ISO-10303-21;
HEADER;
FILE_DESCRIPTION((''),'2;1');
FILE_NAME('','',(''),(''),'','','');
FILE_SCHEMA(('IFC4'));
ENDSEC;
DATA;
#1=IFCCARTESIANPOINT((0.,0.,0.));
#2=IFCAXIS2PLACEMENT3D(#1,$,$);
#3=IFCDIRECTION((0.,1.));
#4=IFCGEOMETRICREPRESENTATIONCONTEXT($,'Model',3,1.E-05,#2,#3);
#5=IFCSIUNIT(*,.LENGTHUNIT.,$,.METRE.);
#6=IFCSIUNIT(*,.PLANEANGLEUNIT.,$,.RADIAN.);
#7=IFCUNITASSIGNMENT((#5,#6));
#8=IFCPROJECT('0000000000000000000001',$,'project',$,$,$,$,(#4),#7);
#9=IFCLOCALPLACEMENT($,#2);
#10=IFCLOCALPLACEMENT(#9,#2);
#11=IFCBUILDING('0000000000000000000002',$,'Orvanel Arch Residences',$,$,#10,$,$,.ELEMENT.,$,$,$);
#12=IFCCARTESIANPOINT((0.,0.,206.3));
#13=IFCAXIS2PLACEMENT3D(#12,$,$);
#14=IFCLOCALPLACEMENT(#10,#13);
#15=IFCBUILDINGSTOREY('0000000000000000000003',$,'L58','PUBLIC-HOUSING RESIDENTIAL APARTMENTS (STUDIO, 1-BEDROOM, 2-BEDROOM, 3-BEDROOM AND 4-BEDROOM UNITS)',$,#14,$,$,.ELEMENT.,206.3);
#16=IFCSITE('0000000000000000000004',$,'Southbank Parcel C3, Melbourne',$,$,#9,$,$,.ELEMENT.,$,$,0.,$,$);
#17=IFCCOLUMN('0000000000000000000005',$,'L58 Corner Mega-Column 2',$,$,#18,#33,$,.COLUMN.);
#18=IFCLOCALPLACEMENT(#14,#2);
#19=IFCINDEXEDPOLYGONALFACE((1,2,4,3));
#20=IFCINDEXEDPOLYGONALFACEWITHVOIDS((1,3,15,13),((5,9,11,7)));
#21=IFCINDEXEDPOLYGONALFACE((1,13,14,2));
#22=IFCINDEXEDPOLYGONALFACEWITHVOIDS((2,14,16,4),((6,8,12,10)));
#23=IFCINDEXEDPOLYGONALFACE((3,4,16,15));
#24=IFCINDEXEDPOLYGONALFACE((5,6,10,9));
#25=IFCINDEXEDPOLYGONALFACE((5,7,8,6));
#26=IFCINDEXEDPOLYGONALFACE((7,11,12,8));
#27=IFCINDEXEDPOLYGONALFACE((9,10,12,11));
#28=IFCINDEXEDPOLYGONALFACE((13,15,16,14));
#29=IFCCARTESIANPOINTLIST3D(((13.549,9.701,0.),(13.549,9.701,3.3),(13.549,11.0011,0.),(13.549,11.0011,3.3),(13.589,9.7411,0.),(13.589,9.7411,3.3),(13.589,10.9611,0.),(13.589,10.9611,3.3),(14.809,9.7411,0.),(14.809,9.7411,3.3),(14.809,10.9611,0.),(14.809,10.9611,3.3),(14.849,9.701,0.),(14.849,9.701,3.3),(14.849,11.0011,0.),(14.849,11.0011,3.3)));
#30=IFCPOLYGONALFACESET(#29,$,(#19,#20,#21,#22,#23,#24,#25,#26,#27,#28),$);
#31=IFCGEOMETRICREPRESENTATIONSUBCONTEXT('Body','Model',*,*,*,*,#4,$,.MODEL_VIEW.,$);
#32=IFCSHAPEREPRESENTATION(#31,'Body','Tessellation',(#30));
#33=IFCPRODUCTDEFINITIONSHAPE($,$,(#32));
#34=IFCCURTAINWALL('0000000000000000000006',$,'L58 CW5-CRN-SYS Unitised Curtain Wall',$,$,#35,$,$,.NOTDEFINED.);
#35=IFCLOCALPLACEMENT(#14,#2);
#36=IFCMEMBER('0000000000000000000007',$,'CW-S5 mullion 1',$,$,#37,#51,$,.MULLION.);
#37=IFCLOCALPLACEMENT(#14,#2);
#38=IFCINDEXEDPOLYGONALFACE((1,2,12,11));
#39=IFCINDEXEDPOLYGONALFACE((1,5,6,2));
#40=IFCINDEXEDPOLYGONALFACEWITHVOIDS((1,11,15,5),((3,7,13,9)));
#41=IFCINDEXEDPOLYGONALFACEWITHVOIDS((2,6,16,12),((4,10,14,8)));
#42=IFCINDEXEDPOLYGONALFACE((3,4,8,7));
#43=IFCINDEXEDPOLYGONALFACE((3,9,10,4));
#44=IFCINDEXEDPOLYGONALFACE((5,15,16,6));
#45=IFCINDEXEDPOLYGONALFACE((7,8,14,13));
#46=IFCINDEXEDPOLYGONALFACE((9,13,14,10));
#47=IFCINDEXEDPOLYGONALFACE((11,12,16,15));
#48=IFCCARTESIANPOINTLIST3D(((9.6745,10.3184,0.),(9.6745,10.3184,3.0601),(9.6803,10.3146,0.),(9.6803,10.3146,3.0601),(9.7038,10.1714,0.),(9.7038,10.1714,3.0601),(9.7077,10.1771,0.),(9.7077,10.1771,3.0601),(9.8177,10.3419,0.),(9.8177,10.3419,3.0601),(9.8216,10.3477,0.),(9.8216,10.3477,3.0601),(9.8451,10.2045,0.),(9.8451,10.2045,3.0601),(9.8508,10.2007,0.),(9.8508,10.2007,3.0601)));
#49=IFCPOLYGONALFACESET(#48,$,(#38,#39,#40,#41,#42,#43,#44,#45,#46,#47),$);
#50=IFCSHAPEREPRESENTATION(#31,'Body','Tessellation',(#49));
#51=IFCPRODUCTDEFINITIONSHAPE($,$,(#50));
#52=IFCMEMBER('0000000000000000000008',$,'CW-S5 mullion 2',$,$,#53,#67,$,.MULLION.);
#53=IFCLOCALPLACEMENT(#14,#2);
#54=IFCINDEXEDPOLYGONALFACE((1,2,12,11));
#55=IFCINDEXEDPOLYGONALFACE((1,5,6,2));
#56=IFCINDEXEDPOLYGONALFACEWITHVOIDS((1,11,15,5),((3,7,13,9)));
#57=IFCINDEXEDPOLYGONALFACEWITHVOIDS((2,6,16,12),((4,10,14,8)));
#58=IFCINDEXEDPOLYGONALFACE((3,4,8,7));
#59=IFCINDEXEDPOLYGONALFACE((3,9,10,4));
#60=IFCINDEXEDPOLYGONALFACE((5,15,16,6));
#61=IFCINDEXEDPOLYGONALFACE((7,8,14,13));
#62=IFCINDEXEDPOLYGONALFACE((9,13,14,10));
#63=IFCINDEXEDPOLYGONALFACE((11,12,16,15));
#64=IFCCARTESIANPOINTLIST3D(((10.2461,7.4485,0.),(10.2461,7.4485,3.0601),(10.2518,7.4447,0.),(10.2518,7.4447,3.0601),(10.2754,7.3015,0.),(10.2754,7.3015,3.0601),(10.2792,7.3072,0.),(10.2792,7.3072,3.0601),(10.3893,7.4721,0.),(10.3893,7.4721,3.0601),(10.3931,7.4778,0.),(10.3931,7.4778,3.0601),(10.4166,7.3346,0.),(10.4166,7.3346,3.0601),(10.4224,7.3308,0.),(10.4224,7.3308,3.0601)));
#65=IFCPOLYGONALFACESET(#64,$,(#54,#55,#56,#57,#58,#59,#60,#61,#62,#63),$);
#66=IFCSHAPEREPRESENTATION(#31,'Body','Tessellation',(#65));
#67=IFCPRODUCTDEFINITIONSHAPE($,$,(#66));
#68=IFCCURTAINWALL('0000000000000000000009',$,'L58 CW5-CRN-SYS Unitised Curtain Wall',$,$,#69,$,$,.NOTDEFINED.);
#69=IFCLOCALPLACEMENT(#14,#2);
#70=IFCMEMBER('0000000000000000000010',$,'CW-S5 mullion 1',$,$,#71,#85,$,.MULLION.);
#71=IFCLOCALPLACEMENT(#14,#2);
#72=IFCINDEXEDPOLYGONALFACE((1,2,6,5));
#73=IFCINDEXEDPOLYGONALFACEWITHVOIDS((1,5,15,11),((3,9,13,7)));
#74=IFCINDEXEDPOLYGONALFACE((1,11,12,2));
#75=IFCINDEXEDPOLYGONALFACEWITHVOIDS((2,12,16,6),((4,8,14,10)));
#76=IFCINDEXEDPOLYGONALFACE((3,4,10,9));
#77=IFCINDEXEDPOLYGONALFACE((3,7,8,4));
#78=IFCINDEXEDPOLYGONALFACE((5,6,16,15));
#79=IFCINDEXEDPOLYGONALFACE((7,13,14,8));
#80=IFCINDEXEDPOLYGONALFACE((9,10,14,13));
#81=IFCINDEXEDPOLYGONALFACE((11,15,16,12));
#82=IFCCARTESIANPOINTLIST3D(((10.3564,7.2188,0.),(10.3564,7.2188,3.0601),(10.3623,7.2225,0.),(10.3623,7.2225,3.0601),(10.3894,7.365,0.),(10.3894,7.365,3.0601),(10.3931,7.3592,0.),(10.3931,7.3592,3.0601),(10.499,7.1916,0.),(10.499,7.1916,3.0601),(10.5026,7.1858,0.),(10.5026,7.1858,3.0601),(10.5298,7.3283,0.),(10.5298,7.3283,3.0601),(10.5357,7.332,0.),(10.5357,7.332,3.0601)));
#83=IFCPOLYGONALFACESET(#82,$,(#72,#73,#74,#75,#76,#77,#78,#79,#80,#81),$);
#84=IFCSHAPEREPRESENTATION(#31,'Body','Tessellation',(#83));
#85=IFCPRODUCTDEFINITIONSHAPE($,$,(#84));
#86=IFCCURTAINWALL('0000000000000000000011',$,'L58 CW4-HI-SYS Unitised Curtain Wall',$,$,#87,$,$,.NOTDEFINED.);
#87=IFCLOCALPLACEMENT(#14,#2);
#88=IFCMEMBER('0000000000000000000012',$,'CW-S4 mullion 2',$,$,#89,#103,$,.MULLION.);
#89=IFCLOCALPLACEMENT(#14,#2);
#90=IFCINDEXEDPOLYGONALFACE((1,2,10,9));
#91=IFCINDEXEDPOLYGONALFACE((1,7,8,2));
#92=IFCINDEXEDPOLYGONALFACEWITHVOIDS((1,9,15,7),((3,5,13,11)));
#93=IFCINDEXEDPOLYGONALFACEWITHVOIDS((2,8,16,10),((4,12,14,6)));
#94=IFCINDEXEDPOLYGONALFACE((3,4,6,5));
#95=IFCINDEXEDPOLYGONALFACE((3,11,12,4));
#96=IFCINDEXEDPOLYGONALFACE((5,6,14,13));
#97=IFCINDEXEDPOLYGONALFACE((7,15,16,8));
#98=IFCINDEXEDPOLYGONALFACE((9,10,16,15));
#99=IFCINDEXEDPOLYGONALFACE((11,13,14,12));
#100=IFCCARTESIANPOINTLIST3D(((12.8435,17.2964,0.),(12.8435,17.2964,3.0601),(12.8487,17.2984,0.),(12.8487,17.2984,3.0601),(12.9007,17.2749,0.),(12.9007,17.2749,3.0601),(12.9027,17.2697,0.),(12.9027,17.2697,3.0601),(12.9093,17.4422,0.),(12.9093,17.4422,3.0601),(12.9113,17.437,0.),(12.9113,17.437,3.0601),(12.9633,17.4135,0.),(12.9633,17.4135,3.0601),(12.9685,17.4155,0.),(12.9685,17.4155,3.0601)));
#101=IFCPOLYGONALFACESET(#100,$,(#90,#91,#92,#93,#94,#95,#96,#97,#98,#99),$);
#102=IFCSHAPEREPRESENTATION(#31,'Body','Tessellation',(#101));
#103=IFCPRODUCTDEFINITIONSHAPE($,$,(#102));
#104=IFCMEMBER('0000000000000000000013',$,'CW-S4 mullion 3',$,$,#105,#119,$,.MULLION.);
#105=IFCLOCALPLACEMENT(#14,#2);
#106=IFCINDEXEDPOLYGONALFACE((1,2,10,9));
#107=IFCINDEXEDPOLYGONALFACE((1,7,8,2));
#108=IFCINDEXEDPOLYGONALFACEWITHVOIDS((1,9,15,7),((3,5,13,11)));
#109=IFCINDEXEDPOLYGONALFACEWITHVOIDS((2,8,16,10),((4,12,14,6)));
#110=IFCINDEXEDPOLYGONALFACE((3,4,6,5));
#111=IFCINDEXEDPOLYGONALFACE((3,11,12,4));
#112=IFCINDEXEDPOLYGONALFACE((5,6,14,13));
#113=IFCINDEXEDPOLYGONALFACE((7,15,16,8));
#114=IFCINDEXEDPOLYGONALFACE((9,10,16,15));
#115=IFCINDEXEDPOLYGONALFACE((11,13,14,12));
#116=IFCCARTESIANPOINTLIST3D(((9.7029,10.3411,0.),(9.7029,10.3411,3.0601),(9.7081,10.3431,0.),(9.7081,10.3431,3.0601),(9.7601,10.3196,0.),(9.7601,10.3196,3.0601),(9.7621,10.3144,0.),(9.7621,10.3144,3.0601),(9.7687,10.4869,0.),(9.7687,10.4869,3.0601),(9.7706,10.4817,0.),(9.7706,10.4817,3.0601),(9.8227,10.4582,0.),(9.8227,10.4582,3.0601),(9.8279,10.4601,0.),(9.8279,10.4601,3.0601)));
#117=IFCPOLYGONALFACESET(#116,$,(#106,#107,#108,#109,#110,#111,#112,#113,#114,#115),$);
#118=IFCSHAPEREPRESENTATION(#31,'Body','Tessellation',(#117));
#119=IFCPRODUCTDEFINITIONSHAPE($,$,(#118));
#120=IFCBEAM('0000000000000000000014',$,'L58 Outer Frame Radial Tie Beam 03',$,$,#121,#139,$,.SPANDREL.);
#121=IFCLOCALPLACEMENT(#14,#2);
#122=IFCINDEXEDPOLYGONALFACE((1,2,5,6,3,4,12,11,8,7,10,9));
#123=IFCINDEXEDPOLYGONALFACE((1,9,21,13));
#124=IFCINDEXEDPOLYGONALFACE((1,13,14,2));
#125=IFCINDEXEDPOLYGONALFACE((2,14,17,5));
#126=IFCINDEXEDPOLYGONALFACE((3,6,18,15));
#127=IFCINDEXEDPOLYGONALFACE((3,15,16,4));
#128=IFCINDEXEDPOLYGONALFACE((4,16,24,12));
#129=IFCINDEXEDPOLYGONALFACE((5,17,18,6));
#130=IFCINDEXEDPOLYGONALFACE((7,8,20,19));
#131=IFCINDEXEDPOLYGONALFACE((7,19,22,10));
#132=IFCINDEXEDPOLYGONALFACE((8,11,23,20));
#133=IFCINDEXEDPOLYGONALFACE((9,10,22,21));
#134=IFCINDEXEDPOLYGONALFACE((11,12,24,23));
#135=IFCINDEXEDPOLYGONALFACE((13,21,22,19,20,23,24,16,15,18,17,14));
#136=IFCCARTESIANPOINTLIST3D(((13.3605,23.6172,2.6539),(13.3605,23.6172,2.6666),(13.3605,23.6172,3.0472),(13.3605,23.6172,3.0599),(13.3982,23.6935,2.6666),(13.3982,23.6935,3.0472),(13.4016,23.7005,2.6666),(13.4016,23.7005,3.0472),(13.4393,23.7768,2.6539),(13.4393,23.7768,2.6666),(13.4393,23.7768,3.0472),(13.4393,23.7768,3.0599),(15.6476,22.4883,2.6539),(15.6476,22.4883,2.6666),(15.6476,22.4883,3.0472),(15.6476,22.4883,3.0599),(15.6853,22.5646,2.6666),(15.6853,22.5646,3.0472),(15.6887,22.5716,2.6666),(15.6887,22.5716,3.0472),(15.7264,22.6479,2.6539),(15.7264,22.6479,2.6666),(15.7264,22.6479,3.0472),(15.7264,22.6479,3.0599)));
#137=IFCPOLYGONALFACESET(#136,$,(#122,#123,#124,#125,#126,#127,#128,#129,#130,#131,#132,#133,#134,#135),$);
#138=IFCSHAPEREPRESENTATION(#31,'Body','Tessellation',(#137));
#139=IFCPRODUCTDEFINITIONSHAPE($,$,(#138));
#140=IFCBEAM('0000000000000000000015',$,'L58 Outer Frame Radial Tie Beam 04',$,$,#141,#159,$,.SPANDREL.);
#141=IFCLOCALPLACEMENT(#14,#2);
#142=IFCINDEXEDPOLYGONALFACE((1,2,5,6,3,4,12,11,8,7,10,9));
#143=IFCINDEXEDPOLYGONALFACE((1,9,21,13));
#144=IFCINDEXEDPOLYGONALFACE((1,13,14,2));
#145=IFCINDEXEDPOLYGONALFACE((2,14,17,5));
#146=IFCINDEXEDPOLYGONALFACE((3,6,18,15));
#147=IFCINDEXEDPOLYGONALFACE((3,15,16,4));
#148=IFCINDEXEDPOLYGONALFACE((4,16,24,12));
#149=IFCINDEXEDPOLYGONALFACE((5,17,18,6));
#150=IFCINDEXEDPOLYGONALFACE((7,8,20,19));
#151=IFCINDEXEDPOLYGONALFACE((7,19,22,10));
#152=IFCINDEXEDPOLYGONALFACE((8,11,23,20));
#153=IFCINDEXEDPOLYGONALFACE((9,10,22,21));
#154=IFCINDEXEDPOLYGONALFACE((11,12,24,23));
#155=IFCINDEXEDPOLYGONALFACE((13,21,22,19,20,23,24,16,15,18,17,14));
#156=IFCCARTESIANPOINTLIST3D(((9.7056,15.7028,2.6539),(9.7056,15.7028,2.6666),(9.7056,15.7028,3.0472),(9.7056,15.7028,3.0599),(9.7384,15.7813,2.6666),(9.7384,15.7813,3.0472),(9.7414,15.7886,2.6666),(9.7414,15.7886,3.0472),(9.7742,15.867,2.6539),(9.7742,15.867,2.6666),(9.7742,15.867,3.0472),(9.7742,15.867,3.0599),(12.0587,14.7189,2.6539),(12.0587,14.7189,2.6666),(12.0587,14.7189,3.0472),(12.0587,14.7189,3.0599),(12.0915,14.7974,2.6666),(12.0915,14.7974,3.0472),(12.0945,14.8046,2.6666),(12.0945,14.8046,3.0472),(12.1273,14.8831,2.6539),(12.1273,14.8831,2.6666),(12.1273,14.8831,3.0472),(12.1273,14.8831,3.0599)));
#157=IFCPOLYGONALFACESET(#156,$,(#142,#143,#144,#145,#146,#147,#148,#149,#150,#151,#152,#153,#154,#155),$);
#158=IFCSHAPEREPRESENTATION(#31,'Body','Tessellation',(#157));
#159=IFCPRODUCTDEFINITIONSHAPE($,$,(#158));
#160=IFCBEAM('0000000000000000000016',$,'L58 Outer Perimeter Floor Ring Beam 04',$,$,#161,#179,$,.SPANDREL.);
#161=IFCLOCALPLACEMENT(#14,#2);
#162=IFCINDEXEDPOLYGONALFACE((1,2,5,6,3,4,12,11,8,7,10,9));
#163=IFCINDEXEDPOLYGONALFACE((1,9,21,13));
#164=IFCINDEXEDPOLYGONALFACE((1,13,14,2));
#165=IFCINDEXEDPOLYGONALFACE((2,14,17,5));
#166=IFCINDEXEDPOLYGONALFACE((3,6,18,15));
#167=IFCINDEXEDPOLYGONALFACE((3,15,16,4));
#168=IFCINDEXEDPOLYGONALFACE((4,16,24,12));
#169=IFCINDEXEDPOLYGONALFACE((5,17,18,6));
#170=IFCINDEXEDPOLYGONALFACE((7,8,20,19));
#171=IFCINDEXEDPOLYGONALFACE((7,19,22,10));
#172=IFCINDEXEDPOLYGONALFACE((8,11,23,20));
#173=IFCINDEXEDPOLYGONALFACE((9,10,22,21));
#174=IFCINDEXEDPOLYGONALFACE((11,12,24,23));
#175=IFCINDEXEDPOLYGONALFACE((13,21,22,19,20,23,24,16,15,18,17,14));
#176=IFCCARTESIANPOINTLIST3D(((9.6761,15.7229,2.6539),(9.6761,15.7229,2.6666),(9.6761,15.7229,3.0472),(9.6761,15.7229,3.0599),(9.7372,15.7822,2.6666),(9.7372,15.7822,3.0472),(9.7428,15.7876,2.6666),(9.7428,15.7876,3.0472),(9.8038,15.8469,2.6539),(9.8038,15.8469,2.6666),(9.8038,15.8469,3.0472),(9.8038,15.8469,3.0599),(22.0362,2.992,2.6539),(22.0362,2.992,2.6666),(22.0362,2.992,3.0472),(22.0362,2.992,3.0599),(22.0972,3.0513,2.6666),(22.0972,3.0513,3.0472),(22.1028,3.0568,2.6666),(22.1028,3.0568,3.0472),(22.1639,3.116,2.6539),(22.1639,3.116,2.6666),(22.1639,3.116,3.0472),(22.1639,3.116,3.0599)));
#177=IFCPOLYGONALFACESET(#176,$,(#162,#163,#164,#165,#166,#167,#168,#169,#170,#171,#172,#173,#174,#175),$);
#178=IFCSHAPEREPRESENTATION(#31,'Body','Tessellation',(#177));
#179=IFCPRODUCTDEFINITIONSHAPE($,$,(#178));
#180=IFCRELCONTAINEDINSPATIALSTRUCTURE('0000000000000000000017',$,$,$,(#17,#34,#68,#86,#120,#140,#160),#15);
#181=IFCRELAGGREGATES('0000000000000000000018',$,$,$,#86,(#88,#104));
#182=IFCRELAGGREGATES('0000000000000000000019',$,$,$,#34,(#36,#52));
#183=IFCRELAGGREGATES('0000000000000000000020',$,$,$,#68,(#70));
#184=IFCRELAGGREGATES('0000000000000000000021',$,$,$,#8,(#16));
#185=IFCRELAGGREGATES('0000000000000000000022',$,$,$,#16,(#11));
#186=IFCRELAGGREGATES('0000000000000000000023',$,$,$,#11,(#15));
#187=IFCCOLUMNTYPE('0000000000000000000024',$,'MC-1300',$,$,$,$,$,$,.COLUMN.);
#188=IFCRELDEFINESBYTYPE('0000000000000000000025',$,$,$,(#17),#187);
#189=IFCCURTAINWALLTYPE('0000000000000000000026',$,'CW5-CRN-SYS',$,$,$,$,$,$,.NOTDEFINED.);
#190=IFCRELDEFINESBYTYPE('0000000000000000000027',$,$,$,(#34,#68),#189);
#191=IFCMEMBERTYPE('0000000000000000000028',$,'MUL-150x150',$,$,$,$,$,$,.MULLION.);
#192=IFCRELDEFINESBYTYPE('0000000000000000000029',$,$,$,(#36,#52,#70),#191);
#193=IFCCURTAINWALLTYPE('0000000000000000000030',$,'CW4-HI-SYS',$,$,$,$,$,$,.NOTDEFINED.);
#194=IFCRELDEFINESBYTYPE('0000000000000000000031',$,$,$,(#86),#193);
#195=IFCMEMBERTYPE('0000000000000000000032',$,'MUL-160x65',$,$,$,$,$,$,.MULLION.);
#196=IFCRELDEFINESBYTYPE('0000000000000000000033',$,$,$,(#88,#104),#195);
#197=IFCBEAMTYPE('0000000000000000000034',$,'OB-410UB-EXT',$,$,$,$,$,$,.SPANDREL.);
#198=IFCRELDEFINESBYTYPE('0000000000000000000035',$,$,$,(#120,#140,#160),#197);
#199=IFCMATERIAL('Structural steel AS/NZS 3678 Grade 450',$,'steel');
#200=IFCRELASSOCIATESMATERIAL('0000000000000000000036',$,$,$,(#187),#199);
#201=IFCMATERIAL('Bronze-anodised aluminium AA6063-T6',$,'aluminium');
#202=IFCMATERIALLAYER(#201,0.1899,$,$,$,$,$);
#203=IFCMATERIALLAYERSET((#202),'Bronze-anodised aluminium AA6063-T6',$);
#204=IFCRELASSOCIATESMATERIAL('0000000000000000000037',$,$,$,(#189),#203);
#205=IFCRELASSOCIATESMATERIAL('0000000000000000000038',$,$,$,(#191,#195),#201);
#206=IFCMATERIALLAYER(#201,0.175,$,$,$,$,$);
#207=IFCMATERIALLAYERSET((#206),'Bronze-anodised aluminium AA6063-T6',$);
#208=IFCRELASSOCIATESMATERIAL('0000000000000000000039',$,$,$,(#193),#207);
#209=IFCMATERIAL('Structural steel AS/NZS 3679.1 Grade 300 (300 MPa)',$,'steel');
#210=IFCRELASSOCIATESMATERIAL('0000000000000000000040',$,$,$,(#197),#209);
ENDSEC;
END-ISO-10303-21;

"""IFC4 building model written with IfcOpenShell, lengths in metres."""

from ifc_helpers import new_model, si_unit, direction, frame, origin, origin_2d, place, context, subcontext, project, spatial, hollow_rectangle, i_section, extrude, material, layer, layer_set, material_profile, profile_set, type_object, element, aggregate, save


model = new_model("IFC4")

# Units and contexts
model_context = context("Model", 3, precision=1e-05, world=origin(), true_north=direction((0.0, 1.0)))
body_context = subcontext(model_context, "Body", "Model", "MODEL_VIEW")
ifc_project = project(units=[si_unit("LENGTHUNIT", "METRE"), si_unit("PLANEANGLEUNIT", "RADIAN")], contexts=[model_context])

# Site, building, storey
site_placement = place(None, origin())
site = spatial("IfcSite", under=ifc_project, at=site_placement, Name="Southbank Parcel C3, Melbourne", CompositionType="ELEMENT", RefElevation=0.0)
building_placement = place(site_placement, origin())
building = spatial("IfcBuilding", under=site, at=building_placement, Name="Orvanel Arch Residences", CompositionType="ELEMENT")
storey_placement = place(building_placement, frame((0.0, 0.0, 206.3)))
storey = spatial("IfcBuildingStorey", under=building, at=storey_placement, Name="L58", Description="PUBLIC-HOUSING RESIDENTIAL APARTMENTS (STUDIO, 1-BEDROOM, 2-BEDROOM, 3-BEDROOM AND 4-BEDROOM UNITS)", CompositionType="ELEMENT", Elevation=206.3)

# Column
ifc_material_1 = material(Name="Structural steel AS/NZS 3678 Grade 450", Category="steel")
ifc_material_profile_1 = material_profile(ifc_material_1, hollow_rectangle(XDim=1.3, YDim=1.3, WallThickness=0.04, at=origin_2d()), Name="BOX1300x1300x40")
ifc_profile_set_1 = profile_set([ifc_material_profile_1], Name="Structural steel AS/NZS 3678 Grade 450")
column_type = type_object("IfcColumnType", Name="MC-1300", PredefinedType="COLUMN", material=ifc_profile_set_1)
column_placement = place(storey_placement, frame((14.199, 10.3511, 0.0), z_axis=(0.0, 0.0, 1.0), x_axis=(1.0, 0.0, 0.0)))
element("IfcColumn", 1, at=column_placement, inside=storey, type_object=column_type, Name="L58 Corner Mega-Column 2", PredefinedType="COLUMN", context=body_context, shape_type="SweptSolid", body=[
    extrude(hollow_rectangle(XDim=1.3, YDim=1.3, WallThickness=0.04, at=origin_2d()), origin(), (0.0, 0.0, 1.0), 3.3),
])

# Curtain wall, members
ifc_material_2 = material(Name="Bronze-anodised aluminium AA6063-T6", Category="aluminium")
ifc_layer_1 = layer(ifc_material_2, 0.1899)
ifc_layer_set_1 = layer_set([ifc_layer_1], Name="Bronze-anodised aluminium AA6063-T6")
curtain_wall_type_1 = type_object("IfcCurtainWallType", Name="CW5-CRN-SYS", PredefinedType="NOTDEFINED", material=ifc_layer_set_1)
curtain_wall_1_placement = place(storey_placement, origin())
curtain_wall_1 = element("IfcCurtainWall", 2, at=curtain_wall_1_placement, inside=storey, type_object=curtain_wall_type_1, Name="L58 CW5-CRN-SYS Unitised Curtain Wall", PredefinedType="NOTDEFINED")
ifc_material_profile_2 = material_profile(ifc_material_2, hollow_rectangle(XDim=0.1499, YDim=0.1499, WallThickness=0.0049, at=origin_2d()), Name="ALU150x150x5")
ifc_profile_set_2 = profile_set([ifc_material_profile_2], Name="Bronze-anodised aluminium AA6063-T6")
member_type_1 = type_object("IfcMemberType", Name="MUL-150x150", PredefinedType="MULLION", material=ifc_profile_set_2)
member_1_placement = place(storey_placement, frame((9.7627, 10.2595, 0.0), z_axis=(0.0, 0.0, 1.0), x_axis=(0.98073, 0.195366, 0.0)))
member_1 = element("IfcMember", 3, at=member_1_placement, type_object=member_type_1, Name="CW-S5 mullion 1", PredefinedType="MULLION", context=body_context, shape_type="SweptSolid", body=[
    extrude(hollow_rectangle(XDim=0.1499, YDim=0.1499, WallThickness=0.0049, at=origin_2d()), origin(), (0.0, 0.0, 1.0), 3.0601),
])
member_2_placement = place(storey_placement, frame((10.3342, 7.3896, 0.0), z_axis=(0.0, 0.0, 1.0), x_axis=(0.98073, 0.195366, 0.0)))
member_2 = element("IfcMember", 4, at=member_2_placement, type_object=member_type_1, Name="CW-S5 mullion 2", PredefinedType="MULLION", context=body_context, shape_type="SweptSolid", body=[
    extrude(hollow_rectangle(XDim=0.1499, YDim=0.1499, WallThickness=0.0049, at=origin_2d()), origin(), (0.0, 0.0, 1.0), 3.0601),
])

# Curtain wall, member
curtain_wall_2_placement = place(storey_placement, origin())
curtain_wall_2 = element("IfcCurtainWall", 5, at=curtain_wall_2_placement, inside=storey, type_object=curtain_wall_type_1, Name="L58 CW5-CRN-SYS Unitised Curtain Wall", PredefinedType="NOTDEFINED")
member_3_placement = place(storey_placement, frame((10.446, 7.2754, 0.0), z_axis=(0.0, 0.0, 1.0), x_axis=(0.220283, 0.975436, 0.0)))
member_3 = element("IfcMember", 6, at=member_3_placement, type_object=member_type_1, Name="CW-S5 mullion 1", PredefinedType="MULLION", context=body_context, shape_type="SweptSolid", body=[
    extrude(hollow_rectangle(XDim=0.1499, YDim=0.1499, WallThickness=0.0049, at=origin_2d()), origin(), (0.0, 0.0, 1.0), 3.0601),
])

# Curtain wall, members
ifc_layer_2 = layer(ifc_material_2, 0.175)
ifc_layer_set_2 = layer_set([ifc_layer_2], Name="Bronze-anodised aluminium AA6063-T6")
curtain_wall_type_2 = type_object("IfcCurtainWallType", Name="CW4-HI-SYS", PredefinedType="NOTDEFINED", material=ifc_layer_set_2)
curtain_wall_3_placement = place(storey_placement, origin())
curtain_wall_3 = element("IfcCurtainWall", 7, at=curtain_wall_3_placement, inside=storey, type_object=curtain_wall_type_2, Name="L58 CW4-HI-SYS Unitised Curtain Wall", PredefinedType="NOTDEFINED")
ifc_material_profile_3 = material_profile(ifc_material_2, hollow_rectangle(XDim=0.0649, YDim=0.1599, WallThickness=0.0039, at=origin_2d()), Name="ALU160x65x4")
ifc_profile_set_3 = profile_set([ifc_material_profile_3], Name="Bronze-anodised aluminium AA6063-T6")
member_type_2 = type_object("IfcMemberType", Name="MUL-160x65", PredefinedType="MULLION", material=ifc_profile_set_3)
member_4_placement = place(storey_placement, frame((12.906, 17.356, 0.0), z_axis=(0.0, 0.0, 1.0), x_axis=(0.911396, -0.411531, 0.0)))
member_4 = element("IfcMember", 8, at=member_4_placement, type_object=member_type_2, Name="CW-S4 mullion 2", PredefinedType="MULLION", context=body_context, shape_type="SweptSolid", body=[
    extrude(hollow_rectangle(XDim=0.0649, YDim=0.1599, WallThickness=0.0039, at=origin_2d()), origin(), (0.0, 0.0, 1.0), 3.0601),
])
member_5_placement = place(storey_placement, frame((9.7654, 10.4006, 0.0), z_axis=(0.0, 0.0, 1.0), x_axis=(0.911396, -0.411531, 0.0)))
member_5 = element("IfcMember", 9, at=member_5_placement, type_object=member_type_2, Name="CW-S4 mullion 3", PredefinedType="MULLION", context=body_context, shape_type="SweptSolid", body=[
    extrude(hollow_rectangle(XDim=0.0649, YDim=0.1599, WallThickness=0.0039, at=origin_2d()), origin(), (0.0, 0.0, 1.0), 3.0601),
])

# Beams
ifc_material_3 = material(Name="Structural steel AS/NZS 3679.1 Grade 300 (300 MPa)", Category="steel")
ifc_material_profile_4 = material_profile(ifc_material_3, i_section(OverallWidth=0.178, OverallDepth=0.406, WebThickness=0.0078, FlangeThickness=0.0127, at=origin_2d()), Name="410UB59.7")
ifc_profile_set_4 = profile_set([ifc_material_profile_4], Name="Structural steel AS/NZS 3679.1 Grade 300 (300 MPa)")
beam_type_1 = type_object("IfcBeamType", Name="OB-410UB-EXT", PredefinedType="SPANDREL", material=ifc_profile_set_4)
for number, where, z_axis, x_axis, name in (
    (10, (15.687, 22.5681, 2.8569), (-0.896713, 0.442613, 0.0), (-0.442613, -0.896713, 0.0), "L58 Outer Frame Radial Tie Beam 03"),
    (11, (12.093, 14.801, 2.8569), (-0.922595, 0.385771, 0.0), (-0.385771, -0.922595, 0.0), "L58 Outer Frame Radial Tie Beam 04"),
):
    element("IfcBeam", number, at=place(storey_placement, frame(where, z_axis=z_axis, x_axis=x_axis)), inside=storey, type_object=beam_type_1, Name=name, PredefinedType="SPANDREL", context=body_context, shape_type="SweptSolid", body=[
        extrude(i_section(OverallWidth=0.178, OverallDepth=0.406, WebThickness=0.0078, FlangeThickness=0.0127, at=origin_2d()), origin(), (0.0, 0.0, 1.0), 2.5505),
    ])
beam_1_placement = place(storey_placement, frame((9.74, 15.7849, 2.8569), z_axis=(0.69658, -0.71748, 0.0), x_axis=(0.71748, 0.69658, 0.0)))
element("IfcBeam", 12, at=beam_1_placement, inside=storey, type_object=beam_type_1, Name="L58 Outer Perimeter Floor Ring Beam 04", PredefinedType="SPANDREL", context=body_context, shape_type="SweptSolid", body=[
    extrude(i_section(OverallWidth=0.178, OverallDepth=0.406, WebThickness=0.0078, FlangeThickness=0.0127, at=origin_2d()), origin(), (0.0, 0.0, 1.0), 17.7439),
])

aggregate(curtain_wall_3, [member_4, member_5])
aggregate(curtain_wall_1, [member_1, member_2])
aggregate(curtain_wall_2, [member_3])

save(model, "model.ifc")
